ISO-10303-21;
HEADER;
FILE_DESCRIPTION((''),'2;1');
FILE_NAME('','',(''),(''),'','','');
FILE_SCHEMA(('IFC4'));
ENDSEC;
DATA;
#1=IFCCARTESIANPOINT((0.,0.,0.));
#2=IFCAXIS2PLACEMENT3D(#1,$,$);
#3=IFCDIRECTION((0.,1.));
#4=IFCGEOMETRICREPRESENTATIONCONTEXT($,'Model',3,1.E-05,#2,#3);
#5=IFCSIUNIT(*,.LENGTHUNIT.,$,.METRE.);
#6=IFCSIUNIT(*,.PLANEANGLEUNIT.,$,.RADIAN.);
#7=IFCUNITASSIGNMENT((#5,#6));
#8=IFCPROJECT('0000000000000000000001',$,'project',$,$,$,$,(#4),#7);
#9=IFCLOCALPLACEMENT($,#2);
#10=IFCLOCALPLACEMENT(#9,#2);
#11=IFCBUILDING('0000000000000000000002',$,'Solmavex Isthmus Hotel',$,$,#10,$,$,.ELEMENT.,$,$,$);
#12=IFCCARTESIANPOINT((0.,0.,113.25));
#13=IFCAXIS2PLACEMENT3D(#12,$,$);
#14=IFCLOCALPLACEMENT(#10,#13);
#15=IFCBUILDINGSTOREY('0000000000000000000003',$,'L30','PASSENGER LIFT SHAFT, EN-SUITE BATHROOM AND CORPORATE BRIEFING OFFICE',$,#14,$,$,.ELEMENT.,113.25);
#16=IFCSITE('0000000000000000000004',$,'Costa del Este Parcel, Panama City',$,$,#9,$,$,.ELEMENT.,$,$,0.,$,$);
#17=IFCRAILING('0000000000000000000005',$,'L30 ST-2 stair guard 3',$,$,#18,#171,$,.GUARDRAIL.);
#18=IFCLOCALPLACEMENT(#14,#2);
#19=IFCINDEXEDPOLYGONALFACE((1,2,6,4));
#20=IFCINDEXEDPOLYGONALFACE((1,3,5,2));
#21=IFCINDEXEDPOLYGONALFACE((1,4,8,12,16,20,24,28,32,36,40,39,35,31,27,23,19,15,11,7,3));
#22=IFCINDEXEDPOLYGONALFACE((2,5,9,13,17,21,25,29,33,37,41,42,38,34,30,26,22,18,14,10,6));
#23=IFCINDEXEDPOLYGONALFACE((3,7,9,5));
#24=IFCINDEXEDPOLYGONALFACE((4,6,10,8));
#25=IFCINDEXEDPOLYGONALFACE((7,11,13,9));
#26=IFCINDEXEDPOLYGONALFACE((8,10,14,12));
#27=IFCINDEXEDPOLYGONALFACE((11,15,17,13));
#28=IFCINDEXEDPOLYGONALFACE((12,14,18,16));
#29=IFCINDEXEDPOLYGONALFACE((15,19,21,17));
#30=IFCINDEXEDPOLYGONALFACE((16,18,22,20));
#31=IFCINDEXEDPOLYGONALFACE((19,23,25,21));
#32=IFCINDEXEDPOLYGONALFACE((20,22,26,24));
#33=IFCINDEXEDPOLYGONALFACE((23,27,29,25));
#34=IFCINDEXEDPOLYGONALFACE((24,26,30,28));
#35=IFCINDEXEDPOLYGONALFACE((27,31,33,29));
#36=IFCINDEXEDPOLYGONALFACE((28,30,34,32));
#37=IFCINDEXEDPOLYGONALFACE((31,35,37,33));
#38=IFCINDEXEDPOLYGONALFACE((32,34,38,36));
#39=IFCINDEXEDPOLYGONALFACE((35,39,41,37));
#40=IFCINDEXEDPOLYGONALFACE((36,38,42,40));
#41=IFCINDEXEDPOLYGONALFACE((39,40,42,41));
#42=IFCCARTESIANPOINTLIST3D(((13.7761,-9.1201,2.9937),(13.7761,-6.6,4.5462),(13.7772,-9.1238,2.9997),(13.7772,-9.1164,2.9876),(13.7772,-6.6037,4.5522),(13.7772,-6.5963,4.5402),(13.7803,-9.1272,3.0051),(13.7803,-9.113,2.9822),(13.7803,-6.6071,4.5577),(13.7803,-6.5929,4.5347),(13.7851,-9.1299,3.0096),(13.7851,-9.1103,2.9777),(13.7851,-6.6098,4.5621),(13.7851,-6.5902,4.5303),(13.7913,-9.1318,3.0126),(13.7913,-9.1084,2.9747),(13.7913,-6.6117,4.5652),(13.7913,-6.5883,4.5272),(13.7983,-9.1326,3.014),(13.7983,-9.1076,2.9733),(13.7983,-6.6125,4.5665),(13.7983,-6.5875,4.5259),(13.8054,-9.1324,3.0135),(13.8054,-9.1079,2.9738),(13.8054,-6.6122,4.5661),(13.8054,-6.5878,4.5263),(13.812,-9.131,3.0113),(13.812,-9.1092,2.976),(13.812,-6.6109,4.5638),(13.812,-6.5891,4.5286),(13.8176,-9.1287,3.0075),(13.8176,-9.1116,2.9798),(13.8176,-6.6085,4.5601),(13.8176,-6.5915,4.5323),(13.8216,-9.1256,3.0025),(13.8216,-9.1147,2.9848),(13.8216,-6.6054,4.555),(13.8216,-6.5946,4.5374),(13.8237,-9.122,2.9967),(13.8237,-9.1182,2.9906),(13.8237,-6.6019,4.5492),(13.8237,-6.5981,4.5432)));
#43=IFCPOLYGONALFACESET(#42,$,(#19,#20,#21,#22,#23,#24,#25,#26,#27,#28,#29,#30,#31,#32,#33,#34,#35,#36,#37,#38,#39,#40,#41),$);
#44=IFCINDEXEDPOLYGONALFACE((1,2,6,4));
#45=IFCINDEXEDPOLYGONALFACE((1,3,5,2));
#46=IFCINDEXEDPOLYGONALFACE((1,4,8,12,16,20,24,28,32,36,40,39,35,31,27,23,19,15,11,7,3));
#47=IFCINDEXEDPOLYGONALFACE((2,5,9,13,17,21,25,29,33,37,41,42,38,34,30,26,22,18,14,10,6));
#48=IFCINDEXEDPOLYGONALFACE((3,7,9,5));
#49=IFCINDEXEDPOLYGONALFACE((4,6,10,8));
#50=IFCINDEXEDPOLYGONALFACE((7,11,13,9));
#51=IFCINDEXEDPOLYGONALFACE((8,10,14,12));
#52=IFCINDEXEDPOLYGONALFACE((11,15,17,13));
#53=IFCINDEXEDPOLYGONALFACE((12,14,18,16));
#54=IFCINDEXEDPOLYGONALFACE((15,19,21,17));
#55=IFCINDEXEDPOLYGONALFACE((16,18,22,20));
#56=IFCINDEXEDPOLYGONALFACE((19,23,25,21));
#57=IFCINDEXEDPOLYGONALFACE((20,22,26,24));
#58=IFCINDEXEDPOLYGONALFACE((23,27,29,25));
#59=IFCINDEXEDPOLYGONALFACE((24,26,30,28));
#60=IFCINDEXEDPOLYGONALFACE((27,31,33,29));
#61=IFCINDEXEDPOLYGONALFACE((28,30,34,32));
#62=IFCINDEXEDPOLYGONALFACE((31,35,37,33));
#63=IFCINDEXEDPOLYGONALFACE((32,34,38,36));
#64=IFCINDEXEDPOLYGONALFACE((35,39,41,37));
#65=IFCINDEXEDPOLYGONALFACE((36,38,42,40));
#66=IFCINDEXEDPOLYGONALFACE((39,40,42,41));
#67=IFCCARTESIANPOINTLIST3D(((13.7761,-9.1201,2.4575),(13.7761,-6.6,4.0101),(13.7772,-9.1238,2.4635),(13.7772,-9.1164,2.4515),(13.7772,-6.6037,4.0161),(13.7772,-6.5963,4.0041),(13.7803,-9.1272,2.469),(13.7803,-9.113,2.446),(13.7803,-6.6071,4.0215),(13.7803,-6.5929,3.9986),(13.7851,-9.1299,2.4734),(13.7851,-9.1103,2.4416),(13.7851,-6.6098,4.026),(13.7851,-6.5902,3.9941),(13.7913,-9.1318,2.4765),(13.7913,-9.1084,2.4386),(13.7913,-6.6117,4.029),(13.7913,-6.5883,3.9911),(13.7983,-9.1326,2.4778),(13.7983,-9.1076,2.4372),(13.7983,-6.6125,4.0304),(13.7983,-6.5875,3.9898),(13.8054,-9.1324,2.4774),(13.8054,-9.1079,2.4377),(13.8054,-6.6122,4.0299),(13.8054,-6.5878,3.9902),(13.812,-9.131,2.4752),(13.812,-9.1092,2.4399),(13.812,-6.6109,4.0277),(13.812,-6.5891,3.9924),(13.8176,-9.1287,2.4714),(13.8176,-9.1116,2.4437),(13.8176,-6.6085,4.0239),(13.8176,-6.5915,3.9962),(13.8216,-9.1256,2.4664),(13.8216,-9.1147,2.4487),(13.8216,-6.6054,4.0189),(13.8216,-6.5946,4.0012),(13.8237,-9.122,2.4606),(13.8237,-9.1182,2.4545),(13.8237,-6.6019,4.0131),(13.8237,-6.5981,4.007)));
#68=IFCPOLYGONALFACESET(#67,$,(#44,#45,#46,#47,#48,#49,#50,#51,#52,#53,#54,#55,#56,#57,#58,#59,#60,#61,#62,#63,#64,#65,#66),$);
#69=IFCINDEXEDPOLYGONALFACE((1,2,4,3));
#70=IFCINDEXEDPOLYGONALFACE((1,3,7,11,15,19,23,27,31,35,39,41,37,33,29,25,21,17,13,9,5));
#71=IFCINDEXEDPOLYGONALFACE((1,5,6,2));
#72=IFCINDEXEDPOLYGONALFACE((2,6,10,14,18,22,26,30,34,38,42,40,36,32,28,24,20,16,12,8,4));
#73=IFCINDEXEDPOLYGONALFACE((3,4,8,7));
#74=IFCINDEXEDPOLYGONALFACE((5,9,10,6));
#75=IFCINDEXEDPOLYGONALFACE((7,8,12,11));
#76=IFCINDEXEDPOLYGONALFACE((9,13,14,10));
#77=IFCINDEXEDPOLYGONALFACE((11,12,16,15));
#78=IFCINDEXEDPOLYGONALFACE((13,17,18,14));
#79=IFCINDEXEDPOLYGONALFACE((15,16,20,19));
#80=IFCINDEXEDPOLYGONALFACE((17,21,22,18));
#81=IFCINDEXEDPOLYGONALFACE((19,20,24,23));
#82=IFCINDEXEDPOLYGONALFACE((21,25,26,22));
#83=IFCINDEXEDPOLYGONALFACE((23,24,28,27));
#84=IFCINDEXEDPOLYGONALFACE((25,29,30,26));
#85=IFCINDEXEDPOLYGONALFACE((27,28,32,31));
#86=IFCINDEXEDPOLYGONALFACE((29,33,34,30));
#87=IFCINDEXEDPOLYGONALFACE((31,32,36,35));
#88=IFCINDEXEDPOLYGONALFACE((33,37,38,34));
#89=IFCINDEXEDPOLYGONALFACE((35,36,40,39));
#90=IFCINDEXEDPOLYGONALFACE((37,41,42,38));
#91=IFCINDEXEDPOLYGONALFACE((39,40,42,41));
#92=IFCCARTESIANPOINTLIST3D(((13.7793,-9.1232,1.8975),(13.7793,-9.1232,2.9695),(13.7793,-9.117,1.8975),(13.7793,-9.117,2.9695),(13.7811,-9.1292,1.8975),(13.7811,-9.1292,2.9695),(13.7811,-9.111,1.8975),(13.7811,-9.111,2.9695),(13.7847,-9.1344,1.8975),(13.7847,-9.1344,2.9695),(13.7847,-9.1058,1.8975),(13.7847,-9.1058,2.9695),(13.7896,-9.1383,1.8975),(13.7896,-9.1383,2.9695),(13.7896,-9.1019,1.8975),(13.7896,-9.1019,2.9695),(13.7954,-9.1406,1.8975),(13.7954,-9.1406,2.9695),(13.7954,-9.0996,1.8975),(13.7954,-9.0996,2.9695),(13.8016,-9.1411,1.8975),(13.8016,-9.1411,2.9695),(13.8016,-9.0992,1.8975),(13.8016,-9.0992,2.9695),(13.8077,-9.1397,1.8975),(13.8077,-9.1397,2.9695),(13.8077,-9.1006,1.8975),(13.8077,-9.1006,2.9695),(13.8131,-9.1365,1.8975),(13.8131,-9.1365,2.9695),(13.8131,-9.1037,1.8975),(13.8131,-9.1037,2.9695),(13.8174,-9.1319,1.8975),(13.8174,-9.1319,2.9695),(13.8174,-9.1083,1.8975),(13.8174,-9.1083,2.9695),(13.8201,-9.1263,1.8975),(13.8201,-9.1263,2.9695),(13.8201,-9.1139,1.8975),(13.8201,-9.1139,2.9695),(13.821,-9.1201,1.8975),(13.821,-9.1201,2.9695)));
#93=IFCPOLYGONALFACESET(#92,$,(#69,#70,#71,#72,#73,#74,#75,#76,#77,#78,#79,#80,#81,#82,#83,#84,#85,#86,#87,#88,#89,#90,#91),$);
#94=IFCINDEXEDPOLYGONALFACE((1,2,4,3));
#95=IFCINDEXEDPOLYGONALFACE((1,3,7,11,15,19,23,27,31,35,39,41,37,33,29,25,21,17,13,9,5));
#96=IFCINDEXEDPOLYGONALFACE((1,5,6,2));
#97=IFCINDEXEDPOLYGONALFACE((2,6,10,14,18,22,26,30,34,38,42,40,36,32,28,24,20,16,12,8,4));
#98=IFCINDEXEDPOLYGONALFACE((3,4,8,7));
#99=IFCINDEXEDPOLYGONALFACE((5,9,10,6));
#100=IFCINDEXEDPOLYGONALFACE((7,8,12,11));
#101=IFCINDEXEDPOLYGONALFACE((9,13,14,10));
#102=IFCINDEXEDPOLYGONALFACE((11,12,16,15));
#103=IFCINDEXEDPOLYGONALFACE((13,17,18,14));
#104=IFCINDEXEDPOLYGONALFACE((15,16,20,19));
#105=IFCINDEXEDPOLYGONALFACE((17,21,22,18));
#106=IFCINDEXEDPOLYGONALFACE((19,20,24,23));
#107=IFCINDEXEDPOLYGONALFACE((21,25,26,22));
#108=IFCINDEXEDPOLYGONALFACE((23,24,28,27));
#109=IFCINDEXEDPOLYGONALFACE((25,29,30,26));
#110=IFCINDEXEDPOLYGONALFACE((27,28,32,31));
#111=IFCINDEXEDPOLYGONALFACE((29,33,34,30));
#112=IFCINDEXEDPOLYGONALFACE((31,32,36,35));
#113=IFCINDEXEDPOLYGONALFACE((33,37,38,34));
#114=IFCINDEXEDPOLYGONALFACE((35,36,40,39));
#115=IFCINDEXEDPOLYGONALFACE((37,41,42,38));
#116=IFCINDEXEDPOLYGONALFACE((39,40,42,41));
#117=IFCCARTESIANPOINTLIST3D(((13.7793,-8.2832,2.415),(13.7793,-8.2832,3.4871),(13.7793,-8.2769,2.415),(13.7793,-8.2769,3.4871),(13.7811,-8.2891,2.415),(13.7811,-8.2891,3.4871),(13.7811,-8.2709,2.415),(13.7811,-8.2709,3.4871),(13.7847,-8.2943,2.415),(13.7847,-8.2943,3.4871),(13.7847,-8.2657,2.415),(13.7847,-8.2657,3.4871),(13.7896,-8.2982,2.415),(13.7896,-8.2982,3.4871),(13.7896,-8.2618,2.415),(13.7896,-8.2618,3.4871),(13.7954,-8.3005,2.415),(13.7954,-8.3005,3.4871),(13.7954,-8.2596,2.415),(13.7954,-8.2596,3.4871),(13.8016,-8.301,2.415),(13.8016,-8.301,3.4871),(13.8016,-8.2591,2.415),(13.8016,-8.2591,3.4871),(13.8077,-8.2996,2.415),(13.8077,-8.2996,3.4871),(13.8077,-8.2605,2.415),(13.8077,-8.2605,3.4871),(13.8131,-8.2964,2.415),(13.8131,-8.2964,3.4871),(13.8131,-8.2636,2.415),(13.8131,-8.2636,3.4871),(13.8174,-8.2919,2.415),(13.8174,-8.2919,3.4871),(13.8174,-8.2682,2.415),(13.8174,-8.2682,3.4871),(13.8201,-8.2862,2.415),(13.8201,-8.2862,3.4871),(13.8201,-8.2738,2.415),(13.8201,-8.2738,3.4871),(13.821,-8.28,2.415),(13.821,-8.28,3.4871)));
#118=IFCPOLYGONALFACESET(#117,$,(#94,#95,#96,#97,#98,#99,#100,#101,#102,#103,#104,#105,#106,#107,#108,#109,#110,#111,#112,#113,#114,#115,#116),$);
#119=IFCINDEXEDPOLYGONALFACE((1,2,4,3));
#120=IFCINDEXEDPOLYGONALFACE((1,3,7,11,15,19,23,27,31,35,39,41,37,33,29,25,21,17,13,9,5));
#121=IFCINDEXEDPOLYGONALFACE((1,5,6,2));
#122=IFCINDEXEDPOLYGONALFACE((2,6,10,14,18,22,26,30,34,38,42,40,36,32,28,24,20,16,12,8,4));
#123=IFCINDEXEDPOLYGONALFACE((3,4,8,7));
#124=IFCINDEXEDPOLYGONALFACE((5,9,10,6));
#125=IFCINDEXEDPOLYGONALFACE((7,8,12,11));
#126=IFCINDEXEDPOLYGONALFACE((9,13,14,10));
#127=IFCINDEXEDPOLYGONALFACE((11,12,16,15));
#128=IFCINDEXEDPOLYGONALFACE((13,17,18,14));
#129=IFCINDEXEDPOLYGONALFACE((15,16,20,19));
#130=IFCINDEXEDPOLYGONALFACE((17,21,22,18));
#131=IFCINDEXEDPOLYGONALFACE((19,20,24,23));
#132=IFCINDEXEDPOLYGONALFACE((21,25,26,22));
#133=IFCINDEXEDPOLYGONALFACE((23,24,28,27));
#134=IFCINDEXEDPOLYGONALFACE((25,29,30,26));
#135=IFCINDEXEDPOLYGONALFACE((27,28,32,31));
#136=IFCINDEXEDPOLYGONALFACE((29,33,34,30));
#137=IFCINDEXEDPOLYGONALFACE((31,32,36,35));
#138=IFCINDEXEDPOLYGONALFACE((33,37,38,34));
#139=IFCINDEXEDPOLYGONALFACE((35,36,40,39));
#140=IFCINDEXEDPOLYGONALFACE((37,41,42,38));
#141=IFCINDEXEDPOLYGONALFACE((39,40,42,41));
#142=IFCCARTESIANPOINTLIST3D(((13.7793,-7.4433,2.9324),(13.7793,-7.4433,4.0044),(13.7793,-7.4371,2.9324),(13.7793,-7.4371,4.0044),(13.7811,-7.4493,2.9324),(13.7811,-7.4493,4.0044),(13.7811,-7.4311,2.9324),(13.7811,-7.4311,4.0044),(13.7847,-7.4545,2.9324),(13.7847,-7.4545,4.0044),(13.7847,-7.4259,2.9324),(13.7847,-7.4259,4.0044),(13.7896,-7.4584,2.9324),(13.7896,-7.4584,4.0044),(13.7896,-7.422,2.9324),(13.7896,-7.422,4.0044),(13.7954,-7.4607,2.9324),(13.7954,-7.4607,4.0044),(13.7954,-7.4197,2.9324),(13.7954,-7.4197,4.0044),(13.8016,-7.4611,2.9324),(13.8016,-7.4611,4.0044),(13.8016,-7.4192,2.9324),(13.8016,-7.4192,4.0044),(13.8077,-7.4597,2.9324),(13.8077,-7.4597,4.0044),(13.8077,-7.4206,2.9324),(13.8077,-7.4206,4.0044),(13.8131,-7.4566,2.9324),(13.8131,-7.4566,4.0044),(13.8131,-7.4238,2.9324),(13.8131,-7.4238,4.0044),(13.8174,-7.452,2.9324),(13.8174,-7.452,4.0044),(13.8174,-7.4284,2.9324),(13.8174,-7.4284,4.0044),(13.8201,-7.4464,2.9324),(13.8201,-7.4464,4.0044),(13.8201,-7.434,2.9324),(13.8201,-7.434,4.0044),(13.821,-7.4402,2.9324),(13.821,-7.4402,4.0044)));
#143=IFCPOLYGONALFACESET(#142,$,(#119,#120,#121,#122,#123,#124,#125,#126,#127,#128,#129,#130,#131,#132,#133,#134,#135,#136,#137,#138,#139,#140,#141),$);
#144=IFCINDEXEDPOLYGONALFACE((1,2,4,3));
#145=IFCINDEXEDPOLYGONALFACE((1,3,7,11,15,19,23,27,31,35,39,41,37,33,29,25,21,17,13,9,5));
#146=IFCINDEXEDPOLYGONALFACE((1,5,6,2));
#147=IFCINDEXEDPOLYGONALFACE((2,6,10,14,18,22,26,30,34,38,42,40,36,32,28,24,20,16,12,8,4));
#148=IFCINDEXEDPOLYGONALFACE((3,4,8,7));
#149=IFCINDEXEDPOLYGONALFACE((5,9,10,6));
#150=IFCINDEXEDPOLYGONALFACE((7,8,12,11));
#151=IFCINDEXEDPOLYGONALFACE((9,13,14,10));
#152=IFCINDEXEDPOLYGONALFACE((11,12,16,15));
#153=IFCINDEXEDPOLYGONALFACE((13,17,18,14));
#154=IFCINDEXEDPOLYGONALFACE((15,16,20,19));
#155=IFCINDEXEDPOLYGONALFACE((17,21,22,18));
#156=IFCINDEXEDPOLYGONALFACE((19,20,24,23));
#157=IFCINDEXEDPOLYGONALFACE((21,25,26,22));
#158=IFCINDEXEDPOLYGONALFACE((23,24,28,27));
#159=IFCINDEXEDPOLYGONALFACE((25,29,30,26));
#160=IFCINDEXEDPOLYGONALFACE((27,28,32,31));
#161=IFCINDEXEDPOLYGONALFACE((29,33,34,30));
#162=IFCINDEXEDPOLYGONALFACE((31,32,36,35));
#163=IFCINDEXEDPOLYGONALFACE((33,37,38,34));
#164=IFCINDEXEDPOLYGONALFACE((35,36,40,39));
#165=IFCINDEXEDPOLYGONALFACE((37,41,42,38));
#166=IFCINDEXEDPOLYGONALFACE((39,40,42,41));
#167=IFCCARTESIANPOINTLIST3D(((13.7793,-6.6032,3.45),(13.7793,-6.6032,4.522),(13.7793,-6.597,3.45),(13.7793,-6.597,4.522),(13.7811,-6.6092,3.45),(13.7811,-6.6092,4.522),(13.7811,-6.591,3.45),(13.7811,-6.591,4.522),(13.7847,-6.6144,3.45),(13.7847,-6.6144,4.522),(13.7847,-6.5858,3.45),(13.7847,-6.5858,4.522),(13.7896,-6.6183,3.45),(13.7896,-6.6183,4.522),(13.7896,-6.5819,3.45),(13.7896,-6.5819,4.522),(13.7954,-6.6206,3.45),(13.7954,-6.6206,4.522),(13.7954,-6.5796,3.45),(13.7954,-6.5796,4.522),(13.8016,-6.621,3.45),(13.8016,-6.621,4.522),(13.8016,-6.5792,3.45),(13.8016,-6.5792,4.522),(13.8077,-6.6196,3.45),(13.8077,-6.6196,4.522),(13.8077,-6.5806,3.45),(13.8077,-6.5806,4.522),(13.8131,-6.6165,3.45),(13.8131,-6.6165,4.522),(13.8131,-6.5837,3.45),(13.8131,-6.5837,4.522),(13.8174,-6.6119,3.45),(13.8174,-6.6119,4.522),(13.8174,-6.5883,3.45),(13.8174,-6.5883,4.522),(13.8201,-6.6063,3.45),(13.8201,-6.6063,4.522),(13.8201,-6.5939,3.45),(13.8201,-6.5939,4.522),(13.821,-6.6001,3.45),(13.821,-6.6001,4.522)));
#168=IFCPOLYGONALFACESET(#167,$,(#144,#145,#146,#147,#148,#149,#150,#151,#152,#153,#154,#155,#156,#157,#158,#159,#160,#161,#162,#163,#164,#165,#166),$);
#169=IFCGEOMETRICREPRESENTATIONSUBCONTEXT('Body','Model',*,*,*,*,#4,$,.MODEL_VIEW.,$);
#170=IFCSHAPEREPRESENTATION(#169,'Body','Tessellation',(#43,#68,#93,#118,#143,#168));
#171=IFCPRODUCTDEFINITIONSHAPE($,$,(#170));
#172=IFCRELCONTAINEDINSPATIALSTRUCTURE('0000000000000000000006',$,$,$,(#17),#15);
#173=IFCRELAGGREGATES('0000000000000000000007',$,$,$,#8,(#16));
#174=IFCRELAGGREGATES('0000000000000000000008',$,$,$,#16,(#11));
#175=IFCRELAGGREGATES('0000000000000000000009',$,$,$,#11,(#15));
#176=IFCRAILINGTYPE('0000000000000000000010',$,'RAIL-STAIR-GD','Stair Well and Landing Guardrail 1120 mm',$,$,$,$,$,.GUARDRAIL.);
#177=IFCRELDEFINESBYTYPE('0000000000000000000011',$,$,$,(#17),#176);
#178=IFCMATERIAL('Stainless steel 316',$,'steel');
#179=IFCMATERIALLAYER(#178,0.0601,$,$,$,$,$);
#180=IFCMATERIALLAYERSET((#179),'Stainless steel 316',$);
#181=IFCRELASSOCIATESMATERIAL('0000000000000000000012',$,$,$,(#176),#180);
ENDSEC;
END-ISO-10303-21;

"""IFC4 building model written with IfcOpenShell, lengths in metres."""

from ifc_helpers import new_model, si_unit, direction, frame, origin, origin_2d, place, context, subcontext, project, spatial, circle, extrude, material, layer, layer_set, type_object, element, save


model = new_model("IFC4")

# Units and contexts
model_context = context("Model", 3, precision=1e-05, world=origin(), true_north=direction((0.0, 1.0)))
body_context = subcontext(model_context, "Body", "Model", "MODEL_VIEW")
ifc_project = project(units=[si_unit("LENGTHUNIT", "METRE"), si_unit("PLANEANGLEUNIT", "RADIAN")], contexts=[model_context])

# Site, building, storey
site_placement = place(None, origin())
site = spatial("IfcSite", under=ifc_project, at=site_placement, Name="Costa del Este Parcel, Panama City", CompositionType="ELEMENT", RefElevation=0.0)
building_placement = place(site_placement, origin())
building = spatial("IfcBuilding", under=site, at=building_placement, Name="Solmavex Isthmus Hotel", CompositionType="ELEMENT")
storey_placement = place(building_placement, frame((0.0, 0.0, 113.25)))
storey = spatial("IfcBuildingStorey", under=building, at=storey_placement, Name="L30", Description="PASSENGER LIFT SHAFT, EN-SUITE BATHROOM AND CORPORATE BRIEFING OFFICE", CompositionType="ELEMENT", Elevation=113.25)

# Shared definitions
ifc_material_1 = material(Name="Stainless steel 316", Category="steel")

# Railing
ifc_layer_1 = layer(ifc_material_1, 0.0601)
ifc_layer_set_1 = layer_set([ifc_layer_1], Name="Stainless steel 316")
railing_type_1 = type_object("IfcRailingType", Name="RAIL-STAIR-GD", Description="Stair Well and Landing Guardrail 1120 mm", PredefinedType="GUARDRAIL", material=ifc_layer_set_1)
railing_1_placement = place(storey_placement, frame((13.8, -9.1201, 1.8975)))
element("IfcRailing", 1, at=railing_1_placement, inside=storey, type_object=railing_type_1, Name="L30 ST-2 stair guard 3", PredefinedType="GUARDRAIL", context=body_context, shape_type="SweptSolid", body=[
    extrude(circle(Radius=0.0239, at=origin_2d()), frame((0.0, 0.0, 1.0962), z_axis=(0.0, 0.8514, 0.524516), x_axis=(-1.0, 0.0, 0.0)), (0.0, 0.0, 1.0), 2.96),
    extrude(circle(Radius=0.0239, at=origin_2d()), frame((0.0, 0.0, 0.5601), z_axis=(0.0, 0.8514, 0.524516), x_axis=(-1.0, 0.0, 0.0)), (0.0, 0.0, 1.0), 2.96),
    extrude(circle(Radius=0.021, at=origin_2d()), origin(), (0.0, 0.0, 1.0), 1.072),
    extrude(circle(Radius=0.021, at=origin_2d()), frame((0.0, 0.8401, 0.5176)), (0.0, 0.0, 1.0), 1.072),
    extrude(circle(Radius=0.021, at=origin_2d()), frame((0.0, 1.6799, 1.0349)), (0.0, 0.0, 1.0), 1.072),
    extrude(circle(Radius=0.021, at=origin_2d()), frame((0.0, 2.52, 1.5525)), (0.0, 0.0, 1.0), 1.072),
])

save(model, "model.ifc")
